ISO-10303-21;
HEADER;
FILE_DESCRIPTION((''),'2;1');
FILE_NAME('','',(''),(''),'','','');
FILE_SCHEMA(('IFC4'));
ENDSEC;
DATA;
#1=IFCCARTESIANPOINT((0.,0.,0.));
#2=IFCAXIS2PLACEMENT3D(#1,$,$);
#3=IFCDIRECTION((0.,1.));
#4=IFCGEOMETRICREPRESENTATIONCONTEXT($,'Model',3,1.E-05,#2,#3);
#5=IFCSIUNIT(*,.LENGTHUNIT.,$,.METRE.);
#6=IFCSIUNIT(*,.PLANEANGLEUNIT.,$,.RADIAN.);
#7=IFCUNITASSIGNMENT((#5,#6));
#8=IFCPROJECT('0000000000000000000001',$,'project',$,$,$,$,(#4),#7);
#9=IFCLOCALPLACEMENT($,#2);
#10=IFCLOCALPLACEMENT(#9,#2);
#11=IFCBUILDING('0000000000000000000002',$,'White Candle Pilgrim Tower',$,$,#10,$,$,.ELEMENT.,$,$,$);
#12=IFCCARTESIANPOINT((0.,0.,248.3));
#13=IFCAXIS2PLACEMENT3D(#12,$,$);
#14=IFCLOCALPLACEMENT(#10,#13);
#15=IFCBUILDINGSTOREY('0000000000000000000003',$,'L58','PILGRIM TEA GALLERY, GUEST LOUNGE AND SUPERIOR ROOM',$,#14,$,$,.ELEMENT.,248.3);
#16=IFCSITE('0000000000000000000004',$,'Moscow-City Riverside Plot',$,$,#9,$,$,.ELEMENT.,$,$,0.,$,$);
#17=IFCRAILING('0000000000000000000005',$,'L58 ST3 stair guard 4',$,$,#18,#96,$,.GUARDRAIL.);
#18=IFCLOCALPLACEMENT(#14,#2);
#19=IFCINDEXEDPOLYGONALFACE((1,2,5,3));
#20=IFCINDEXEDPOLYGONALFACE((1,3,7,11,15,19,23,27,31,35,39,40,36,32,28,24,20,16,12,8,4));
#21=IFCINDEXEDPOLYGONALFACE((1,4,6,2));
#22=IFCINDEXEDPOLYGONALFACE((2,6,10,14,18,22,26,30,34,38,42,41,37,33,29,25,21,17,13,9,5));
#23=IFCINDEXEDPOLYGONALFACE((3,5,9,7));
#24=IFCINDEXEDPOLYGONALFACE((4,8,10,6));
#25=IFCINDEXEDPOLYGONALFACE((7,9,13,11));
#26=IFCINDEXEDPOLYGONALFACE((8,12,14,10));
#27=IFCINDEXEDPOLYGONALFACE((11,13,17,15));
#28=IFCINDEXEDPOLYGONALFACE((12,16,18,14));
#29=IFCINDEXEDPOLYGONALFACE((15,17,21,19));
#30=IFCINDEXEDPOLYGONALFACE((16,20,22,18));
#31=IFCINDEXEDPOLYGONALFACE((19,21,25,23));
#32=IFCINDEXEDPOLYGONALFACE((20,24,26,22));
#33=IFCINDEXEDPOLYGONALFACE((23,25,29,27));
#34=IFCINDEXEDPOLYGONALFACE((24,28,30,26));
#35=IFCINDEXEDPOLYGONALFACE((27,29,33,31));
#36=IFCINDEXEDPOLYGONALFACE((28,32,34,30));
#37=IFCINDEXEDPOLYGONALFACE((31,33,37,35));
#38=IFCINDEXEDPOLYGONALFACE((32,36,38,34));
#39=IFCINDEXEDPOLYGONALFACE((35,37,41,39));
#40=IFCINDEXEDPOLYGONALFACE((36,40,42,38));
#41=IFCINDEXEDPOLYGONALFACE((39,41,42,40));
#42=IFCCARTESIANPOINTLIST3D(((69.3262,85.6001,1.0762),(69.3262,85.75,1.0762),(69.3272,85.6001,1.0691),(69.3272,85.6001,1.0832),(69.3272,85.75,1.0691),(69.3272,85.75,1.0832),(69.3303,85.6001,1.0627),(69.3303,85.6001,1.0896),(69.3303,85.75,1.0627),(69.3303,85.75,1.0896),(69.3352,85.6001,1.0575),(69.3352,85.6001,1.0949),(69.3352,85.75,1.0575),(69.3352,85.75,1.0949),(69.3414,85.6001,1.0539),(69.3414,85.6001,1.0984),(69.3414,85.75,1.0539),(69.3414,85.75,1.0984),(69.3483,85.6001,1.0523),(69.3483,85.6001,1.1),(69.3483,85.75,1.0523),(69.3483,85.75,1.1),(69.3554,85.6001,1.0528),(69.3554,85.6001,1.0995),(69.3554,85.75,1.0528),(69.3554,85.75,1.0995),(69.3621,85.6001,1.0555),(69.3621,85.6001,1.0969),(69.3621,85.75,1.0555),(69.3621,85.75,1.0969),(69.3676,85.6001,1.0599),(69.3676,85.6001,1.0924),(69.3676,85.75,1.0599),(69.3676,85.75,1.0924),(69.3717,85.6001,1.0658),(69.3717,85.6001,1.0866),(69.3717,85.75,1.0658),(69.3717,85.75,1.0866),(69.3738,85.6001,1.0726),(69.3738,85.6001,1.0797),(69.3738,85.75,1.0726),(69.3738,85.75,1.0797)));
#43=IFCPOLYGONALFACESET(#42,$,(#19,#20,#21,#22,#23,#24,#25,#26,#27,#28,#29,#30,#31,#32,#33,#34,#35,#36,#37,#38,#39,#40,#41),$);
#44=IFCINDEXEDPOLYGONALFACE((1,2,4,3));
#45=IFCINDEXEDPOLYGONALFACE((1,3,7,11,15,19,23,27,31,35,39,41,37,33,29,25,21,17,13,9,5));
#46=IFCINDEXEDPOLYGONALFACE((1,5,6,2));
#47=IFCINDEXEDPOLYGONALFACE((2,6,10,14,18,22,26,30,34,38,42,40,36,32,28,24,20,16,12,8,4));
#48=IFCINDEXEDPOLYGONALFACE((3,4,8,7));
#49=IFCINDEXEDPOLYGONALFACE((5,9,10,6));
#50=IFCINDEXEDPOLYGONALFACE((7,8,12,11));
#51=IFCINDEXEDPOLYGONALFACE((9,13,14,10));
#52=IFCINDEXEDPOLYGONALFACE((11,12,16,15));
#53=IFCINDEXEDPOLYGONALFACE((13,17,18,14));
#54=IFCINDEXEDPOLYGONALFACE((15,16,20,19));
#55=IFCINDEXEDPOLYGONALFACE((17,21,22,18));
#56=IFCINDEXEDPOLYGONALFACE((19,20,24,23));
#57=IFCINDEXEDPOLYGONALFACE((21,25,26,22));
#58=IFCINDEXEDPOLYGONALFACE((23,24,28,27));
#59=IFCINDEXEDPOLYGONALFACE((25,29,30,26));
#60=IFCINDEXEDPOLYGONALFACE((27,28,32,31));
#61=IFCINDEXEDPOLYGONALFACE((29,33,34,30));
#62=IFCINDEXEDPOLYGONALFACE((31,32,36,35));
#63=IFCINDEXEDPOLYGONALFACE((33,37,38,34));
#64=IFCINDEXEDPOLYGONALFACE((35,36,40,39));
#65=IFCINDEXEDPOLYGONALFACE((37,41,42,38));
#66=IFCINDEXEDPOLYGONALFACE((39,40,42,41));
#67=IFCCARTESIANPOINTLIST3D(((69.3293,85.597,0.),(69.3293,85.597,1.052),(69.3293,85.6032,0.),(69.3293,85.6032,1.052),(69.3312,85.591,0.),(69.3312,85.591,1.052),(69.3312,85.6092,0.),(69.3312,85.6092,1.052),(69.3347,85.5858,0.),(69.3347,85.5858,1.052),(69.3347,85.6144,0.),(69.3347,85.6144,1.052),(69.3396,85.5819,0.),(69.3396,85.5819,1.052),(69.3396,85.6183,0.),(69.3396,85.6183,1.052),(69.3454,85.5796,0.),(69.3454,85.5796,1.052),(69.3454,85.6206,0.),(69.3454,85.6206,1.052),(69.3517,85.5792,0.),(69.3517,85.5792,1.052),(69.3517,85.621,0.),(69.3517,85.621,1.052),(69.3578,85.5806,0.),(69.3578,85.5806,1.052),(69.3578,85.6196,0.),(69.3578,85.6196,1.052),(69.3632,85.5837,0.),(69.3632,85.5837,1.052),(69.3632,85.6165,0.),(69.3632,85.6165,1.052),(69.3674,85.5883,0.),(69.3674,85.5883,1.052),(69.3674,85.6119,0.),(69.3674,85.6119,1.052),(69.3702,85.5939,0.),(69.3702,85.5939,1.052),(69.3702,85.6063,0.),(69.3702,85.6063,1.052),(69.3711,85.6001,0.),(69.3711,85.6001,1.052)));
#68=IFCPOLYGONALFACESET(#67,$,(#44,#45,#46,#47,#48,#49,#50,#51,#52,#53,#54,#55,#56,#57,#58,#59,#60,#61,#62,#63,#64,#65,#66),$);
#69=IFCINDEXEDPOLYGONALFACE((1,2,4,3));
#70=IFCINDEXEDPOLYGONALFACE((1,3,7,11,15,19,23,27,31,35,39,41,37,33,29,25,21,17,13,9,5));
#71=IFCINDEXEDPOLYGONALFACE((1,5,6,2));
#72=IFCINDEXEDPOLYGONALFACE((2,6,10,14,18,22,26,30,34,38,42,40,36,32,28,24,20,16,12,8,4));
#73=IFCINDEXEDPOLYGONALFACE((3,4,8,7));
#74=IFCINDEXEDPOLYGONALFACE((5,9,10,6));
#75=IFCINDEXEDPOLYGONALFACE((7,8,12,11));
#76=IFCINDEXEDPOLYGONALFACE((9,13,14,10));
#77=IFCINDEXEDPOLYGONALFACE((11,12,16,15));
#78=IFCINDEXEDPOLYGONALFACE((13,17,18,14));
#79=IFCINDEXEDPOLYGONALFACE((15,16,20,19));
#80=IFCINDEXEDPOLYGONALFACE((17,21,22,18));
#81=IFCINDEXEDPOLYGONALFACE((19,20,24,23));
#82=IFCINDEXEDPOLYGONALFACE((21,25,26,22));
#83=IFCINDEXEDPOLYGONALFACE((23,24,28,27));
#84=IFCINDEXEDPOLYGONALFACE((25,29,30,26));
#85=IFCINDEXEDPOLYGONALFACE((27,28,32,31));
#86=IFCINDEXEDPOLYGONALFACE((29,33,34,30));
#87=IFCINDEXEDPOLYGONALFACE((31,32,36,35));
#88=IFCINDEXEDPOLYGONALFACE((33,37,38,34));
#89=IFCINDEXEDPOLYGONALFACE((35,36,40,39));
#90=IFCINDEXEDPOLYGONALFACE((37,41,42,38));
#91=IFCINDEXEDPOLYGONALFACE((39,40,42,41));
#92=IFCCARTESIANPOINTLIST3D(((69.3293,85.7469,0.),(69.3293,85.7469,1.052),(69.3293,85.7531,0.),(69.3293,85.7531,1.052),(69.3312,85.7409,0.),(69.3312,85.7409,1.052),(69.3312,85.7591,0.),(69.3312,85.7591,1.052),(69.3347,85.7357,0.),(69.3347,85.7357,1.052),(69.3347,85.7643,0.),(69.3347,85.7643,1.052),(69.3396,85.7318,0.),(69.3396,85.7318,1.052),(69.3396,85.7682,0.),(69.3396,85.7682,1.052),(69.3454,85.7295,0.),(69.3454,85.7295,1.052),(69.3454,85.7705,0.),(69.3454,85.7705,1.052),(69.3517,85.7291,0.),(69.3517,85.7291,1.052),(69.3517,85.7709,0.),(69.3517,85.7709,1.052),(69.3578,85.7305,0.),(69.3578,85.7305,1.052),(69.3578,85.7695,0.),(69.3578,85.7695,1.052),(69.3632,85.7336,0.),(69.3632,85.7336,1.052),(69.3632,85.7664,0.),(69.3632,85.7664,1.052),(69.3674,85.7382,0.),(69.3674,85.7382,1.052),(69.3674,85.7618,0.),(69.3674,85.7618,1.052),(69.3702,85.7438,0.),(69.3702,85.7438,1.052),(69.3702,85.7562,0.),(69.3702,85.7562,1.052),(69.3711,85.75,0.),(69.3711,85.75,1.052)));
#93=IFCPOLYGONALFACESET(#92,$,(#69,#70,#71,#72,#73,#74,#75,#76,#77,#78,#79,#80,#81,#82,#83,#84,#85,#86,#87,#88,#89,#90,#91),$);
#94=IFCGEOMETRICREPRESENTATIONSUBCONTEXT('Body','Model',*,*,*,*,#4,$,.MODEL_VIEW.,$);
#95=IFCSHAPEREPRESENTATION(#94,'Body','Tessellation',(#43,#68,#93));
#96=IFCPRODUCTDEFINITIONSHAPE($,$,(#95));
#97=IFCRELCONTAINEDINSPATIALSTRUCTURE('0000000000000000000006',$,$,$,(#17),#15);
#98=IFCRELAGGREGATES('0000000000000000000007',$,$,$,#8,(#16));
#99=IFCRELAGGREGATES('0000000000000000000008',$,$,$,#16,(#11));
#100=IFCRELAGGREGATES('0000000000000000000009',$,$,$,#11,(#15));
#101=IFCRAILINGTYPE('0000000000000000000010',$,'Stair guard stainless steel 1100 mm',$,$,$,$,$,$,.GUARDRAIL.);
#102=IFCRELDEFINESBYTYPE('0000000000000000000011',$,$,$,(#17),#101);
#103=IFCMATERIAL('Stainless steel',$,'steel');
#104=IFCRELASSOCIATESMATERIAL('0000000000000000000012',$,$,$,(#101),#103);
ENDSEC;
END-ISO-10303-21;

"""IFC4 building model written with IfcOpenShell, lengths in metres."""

from ifc_helpers import new_model, si_unit, direction, frame, origin, origin_2d, place, context, subcontext, project, spatial, circle, extrude, material, type_object, element, save


model = new_model("IFC4")

# Units and contexts
model_context = context("Model", 3, precision=1e-05, world=origin(), true_north=direction((0.0, 1.0)))
body_context = subcontext(model_context, "Body", "Model", "MODEL_VIEW")
ifc_project = project(units=[si_unit("LENGTHUNIT", "METRE"), si_unit("PLANEANGLEUNIT", "RADIAN")], contexts=[model_context])

# Site, building, storey
site_placement = place(None, origin())
site = spatial("IfcSite", under=ifc_project, at=site_placement, Name="Moscow-City Riverside Plot", CompositionType="ELEMENT", RefElevation=0.0)
building_placement = place(site_placement, origin())
building = spatial("IfcBuilding", under=site, at=building_placement, Name="White Candle Pilgrim Tower", CompositionType="ELEMENT")
storey_placement = place(building_placement, frame((0.0, 0.0, 248.3)))
storey = spatial("IfcBuildingStorey", under=building, at=storey_placement, Name="L58", Description="PILGRIM TEA GALLERY, GUEST LOUNGE AND SUPERIOR ROOM", CompositionType="ELEMENT", Elevation=248.3)

# Railing
ifc_material_1 = material(Name="Stainless steel", Category="steel")
railing_type_1 = type_object("IfcRailingType", Name="Stair guard stainless steel 1100 mm", PredefinedType="GUARDRAIL", material=ifc_material_1)
railing_1_placement = place(storey_placement, frame((69.3501, 85.6001, 0.0)))
element("IfcRailing", 1, at=railing_1_placement, inside=storey, type_object=railing_type_1, Name="L58 ST3 stair guard 4", PredefinedType="GUARDRAIL", context=body_context, shape_type="SweptSolid", body=[
    extrude(circle(Radius=0.0239, at=origin_2d()), frame((0.0, 0.0, 1.0762), z_axis=(0.0, 1.0, 0.0), x_axis=(-1.0, 0.0, 0.0)), (0.0, 0.0, 1.0), 0.1499),
    extrude(circle(Radius=0.021, at=origin_2d()), origin(), (0.0, 0.0, 1.0), 1.052),
    extrude(circle(Radius=0.021, at=origin_2d()), frame((0.0, 0.1499, 0.0)), (0.0, 0.0, 1.0), 1.052),
])

save(model, "model.ifc")
